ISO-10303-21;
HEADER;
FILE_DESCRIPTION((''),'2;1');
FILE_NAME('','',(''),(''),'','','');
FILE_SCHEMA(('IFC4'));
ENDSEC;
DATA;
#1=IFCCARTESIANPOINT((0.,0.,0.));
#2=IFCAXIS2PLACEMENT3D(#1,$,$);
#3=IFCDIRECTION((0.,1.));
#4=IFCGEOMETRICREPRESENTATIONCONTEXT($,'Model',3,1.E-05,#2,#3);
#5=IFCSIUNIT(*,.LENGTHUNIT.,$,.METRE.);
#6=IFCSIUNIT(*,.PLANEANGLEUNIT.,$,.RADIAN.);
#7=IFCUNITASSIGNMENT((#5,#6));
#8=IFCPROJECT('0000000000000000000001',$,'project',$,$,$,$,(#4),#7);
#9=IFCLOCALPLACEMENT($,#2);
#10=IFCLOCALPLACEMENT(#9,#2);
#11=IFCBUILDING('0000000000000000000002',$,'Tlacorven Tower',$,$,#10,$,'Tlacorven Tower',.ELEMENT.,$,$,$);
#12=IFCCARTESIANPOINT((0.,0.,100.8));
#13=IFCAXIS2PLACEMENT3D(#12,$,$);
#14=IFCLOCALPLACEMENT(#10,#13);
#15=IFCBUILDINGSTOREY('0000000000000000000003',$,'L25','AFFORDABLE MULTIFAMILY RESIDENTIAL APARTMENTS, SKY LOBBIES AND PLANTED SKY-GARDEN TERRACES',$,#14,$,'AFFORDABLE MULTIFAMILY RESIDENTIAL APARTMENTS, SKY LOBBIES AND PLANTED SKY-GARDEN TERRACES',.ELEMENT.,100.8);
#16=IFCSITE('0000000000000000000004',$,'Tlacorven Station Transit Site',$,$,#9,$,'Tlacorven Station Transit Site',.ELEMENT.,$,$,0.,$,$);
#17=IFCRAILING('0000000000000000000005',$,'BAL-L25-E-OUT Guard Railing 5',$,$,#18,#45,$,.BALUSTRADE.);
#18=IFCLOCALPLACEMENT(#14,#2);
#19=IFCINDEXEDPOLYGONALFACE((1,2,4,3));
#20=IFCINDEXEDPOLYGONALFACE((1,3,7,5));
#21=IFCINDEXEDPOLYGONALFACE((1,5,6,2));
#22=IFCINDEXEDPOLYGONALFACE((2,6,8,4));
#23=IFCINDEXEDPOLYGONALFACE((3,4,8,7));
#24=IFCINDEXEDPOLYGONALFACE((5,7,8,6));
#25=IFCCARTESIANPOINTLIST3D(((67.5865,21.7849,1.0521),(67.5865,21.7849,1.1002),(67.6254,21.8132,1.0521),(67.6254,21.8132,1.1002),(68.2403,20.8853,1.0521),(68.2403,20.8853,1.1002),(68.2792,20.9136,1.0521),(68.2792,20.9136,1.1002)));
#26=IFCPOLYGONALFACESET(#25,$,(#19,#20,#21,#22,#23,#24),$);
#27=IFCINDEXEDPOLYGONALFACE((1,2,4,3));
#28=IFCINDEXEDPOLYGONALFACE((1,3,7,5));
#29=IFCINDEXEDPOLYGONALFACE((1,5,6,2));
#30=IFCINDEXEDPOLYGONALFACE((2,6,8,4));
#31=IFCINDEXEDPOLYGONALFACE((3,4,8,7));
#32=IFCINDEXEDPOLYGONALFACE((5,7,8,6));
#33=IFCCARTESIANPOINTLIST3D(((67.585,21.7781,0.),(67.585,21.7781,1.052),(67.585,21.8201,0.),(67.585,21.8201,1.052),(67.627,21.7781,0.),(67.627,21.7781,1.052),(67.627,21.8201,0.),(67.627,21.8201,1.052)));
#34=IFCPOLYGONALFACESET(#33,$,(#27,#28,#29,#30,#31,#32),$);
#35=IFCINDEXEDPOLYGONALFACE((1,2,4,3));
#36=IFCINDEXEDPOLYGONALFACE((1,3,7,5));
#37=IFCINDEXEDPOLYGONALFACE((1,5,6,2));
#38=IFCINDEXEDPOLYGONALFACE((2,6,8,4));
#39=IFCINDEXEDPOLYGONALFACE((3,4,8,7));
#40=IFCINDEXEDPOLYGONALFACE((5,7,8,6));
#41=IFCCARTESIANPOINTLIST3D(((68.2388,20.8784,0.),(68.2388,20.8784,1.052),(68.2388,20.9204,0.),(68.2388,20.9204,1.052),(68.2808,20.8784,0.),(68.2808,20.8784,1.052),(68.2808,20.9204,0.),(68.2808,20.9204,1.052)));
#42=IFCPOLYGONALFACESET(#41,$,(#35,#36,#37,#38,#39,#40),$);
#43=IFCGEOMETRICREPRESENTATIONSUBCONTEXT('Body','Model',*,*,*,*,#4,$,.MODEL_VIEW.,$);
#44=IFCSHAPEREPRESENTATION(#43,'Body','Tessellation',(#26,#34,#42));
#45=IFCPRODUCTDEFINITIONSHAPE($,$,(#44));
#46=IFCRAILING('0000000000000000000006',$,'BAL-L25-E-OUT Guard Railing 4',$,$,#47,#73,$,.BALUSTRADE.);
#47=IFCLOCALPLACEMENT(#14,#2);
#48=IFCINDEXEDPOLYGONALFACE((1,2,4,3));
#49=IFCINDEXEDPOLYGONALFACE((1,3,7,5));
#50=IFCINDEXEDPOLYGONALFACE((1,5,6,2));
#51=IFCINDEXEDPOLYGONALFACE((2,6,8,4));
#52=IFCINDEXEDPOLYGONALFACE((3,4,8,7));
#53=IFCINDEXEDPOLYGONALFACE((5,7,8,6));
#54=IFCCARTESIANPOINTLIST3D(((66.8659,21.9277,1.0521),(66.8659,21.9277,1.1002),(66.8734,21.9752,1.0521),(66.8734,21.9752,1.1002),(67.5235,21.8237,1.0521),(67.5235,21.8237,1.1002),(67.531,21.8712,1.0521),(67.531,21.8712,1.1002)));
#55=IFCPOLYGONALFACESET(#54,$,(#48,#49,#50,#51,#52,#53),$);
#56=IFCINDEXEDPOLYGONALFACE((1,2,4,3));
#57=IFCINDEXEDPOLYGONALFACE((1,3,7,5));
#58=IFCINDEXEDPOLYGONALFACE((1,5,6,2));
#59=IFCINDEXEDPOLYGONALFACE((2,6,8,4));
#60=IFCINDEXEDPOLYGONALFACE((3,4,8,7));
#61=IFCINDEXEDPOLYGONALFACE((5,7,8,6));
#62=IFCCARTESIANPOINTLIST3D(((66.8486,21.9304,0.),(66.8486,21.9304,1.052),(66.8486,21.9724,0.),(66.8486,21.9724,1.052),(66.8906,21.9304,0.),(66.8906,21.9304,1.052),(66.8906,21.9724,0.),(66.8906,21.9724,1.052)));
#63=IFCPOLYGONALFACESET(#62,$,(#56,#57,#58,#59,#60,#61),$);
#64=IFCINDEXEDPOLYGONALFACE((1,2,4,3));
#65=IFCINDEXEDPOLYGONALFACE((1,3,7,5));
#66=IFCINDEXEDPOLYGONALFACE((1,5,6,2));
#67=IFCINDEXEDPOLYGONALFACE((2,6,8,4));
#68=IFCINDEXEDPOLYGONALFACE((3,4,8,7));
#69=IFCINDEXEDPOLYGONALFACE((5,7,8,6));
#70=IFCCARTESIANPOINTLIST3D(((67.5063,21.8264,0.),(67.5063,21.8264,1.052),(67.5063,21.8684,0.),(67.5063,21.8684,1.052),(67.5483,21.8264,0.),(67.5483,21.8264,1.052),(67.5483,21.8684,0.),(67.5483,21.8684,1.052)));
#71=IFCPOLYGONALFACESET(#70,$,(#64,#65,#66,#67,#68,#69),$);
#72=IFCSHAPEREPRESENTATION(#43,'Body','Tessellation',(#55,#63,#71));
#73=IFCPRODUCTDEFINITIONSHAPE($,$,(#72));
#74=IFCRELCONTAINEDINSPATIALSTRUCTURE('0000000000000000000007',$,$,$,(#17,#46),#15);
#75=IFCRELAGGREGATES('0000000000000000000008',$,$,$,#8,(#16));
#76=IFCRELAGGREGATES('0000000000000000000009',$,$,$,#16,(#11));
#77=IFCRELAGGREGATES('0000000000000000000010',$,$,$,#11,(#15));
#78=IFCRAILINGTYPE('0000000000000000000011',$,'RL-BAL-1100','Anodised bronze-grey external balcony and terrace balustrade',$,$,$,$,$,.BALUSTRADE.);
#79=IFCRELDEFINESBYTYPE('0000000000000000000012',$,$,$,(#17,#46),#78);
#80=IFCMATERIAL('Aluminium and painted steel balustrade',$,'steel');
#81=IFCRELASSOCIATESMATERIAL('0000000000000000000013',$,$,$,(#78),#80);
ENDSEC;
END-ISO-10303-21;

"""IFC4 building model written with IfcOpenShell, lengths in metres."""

from ifc_helpers import new_model, si_unit, direction, frame, origin, origin_2d, place, context, subcontext, project, spatial, rectangle, extrude, source, transform, mapped, material, type_object, element, save


model = new_model("IFC4")

# Units and contexts
model_context = context("Model", 3, precision=1e-05, world=origin(), true_north=direction((0.0, 1.0)))
body_context = subcontext(model_context, "Body", "Model", "MODEL_VIEW")
ifc_project = project(units=[si_unit("LENGTHUNIT", "METRE"), si_unit("PLANEANGLEUNIT", "RADIAN")], contexts=[model_context])

# Site, building, storey
site_placement = place(None, origin())
site = spatial("IfcSite", under=ifc_project, at=site_placement, Name="Tlacorven Station Transit Site", LongName="Tlacorven Station Transit Site", CompositionType="ELEMENT", RefElevation=0.0)
building_placement = place(site_placement, origin())
building = spatial("IfcBuilding", under=site, at=building_placement, Name="Tlacorven Tower", LongName="Tlacorven Tower", CompositionType="ELEMENT")
storey_placement = place(building_placement, frame((0.0, 0.0, 100.8)))
storey = spatial("IfcBuildingStorey", under=building, at=storey_placement, Name="L25", Description="AFFORDABLE MULTIFAMILY RESIDENTIAL APARTMENTS, SKY LOBBIES AND PLANTED SKY-GARDEN TERRACES", LongName="AFFORDABLE MULTIFAMILY RESIDENTIAL APARTMENTS, SKY LOBBIES AND PLANTED SKY-GARDEN TERRACES", CompositionType="ELEMENT", Elevation=100.8)

# Railings
ifc_material_1 = material(Name="Aluminium and painted steel balustrade", Category="steel")
railing_type = type_object("IfcRailingType", Name="RL-BAL-1100", Description="Anodised bronze-grey external balcony and terrace balustrade", PredefinedType="BALUSTRADE", material=ifc_material_1)
shared_shape_1 = source(origin(), body_context, "Body", "SweptSolid", [
    extrude(rectangle(XDim=0.0481, YDim=0.0481, at=origin_2d()), frame((0.0, 0.0, 1.0762), z_axis=(0.587884, -0.808945, 0.0), x_axis=(0.808945, 0.587884, 0.0)), (0.0, 0.0, 1.0), 1.1121),
    extrude(rectangle(XDim=0.042, YDim=0.042, at=origin_2d()), origin(), (0.0, 0.0, 1.0), 1.052),
    extrude(rectangle(XDim=0.042, YDim=0.042, at=origin_2d()), frame((0.6538, -0.8997, 0.0)), (0.0, 0.0, 1.0), 1.052),
])
railing_1_placement = place(storey_placement, frame((67.606, 21.7991, 0.0)))
element("IfcRailing", 1, at=railing_1_placement, inside=storey, type_object=railing_type, Name="BAL-L25-E-OUT Guard Railing 5", PredefinedType="BALUSTRADE", context=body_context, shape_type="MappedRepresentation", body=[
    mapped(shared_shape_1, transform((0.0, 0.0, 0.0), scale=1.0)),
])
shared_shape_2 = source(origin(), body_context, "Body", "SweptSolid", [
    extrude(rectangle(XDim=0.0481, YDim=0.0481, at=origin_2d()), frame((0.0, 0.0, 1.0762), z_axis=(0.987727, -0.156188, 0.0), x_axis=(0.156188, 0.987727, 0.0)), (0.0, 0.0, 1.0), 0.6658),
    extrude(rectangle(XDim=0.042, YDim=0.042, at=origin_2d()), origin(), (0.0, 0.0, 1.0), 1.052),
    extrude(rectangle(XDim=0.042, YDim=0.042, at=origin_2d()), frame((0.6577, -0.104, 0.0)), (0.0, 0.0, 1.0), 1.052),
])
railing_2_placement = place(storey_placement, frame((66.8696, 21.9514, 0.0)))
element("IfcRailing", 2, at=railing_2_placement, inside=storey, type_object=railing_type, Name="BAL-L25-E-OUT Guard Railing 4", PredefinedType="BALUSTRADE", context=body_context, shape_type="MappedRepresentation", body=[
    mapped(shared_shape_2, transform((0.0, 0.0, 0.0), scale=1.0)),
])

save(model, "model.ifc")
